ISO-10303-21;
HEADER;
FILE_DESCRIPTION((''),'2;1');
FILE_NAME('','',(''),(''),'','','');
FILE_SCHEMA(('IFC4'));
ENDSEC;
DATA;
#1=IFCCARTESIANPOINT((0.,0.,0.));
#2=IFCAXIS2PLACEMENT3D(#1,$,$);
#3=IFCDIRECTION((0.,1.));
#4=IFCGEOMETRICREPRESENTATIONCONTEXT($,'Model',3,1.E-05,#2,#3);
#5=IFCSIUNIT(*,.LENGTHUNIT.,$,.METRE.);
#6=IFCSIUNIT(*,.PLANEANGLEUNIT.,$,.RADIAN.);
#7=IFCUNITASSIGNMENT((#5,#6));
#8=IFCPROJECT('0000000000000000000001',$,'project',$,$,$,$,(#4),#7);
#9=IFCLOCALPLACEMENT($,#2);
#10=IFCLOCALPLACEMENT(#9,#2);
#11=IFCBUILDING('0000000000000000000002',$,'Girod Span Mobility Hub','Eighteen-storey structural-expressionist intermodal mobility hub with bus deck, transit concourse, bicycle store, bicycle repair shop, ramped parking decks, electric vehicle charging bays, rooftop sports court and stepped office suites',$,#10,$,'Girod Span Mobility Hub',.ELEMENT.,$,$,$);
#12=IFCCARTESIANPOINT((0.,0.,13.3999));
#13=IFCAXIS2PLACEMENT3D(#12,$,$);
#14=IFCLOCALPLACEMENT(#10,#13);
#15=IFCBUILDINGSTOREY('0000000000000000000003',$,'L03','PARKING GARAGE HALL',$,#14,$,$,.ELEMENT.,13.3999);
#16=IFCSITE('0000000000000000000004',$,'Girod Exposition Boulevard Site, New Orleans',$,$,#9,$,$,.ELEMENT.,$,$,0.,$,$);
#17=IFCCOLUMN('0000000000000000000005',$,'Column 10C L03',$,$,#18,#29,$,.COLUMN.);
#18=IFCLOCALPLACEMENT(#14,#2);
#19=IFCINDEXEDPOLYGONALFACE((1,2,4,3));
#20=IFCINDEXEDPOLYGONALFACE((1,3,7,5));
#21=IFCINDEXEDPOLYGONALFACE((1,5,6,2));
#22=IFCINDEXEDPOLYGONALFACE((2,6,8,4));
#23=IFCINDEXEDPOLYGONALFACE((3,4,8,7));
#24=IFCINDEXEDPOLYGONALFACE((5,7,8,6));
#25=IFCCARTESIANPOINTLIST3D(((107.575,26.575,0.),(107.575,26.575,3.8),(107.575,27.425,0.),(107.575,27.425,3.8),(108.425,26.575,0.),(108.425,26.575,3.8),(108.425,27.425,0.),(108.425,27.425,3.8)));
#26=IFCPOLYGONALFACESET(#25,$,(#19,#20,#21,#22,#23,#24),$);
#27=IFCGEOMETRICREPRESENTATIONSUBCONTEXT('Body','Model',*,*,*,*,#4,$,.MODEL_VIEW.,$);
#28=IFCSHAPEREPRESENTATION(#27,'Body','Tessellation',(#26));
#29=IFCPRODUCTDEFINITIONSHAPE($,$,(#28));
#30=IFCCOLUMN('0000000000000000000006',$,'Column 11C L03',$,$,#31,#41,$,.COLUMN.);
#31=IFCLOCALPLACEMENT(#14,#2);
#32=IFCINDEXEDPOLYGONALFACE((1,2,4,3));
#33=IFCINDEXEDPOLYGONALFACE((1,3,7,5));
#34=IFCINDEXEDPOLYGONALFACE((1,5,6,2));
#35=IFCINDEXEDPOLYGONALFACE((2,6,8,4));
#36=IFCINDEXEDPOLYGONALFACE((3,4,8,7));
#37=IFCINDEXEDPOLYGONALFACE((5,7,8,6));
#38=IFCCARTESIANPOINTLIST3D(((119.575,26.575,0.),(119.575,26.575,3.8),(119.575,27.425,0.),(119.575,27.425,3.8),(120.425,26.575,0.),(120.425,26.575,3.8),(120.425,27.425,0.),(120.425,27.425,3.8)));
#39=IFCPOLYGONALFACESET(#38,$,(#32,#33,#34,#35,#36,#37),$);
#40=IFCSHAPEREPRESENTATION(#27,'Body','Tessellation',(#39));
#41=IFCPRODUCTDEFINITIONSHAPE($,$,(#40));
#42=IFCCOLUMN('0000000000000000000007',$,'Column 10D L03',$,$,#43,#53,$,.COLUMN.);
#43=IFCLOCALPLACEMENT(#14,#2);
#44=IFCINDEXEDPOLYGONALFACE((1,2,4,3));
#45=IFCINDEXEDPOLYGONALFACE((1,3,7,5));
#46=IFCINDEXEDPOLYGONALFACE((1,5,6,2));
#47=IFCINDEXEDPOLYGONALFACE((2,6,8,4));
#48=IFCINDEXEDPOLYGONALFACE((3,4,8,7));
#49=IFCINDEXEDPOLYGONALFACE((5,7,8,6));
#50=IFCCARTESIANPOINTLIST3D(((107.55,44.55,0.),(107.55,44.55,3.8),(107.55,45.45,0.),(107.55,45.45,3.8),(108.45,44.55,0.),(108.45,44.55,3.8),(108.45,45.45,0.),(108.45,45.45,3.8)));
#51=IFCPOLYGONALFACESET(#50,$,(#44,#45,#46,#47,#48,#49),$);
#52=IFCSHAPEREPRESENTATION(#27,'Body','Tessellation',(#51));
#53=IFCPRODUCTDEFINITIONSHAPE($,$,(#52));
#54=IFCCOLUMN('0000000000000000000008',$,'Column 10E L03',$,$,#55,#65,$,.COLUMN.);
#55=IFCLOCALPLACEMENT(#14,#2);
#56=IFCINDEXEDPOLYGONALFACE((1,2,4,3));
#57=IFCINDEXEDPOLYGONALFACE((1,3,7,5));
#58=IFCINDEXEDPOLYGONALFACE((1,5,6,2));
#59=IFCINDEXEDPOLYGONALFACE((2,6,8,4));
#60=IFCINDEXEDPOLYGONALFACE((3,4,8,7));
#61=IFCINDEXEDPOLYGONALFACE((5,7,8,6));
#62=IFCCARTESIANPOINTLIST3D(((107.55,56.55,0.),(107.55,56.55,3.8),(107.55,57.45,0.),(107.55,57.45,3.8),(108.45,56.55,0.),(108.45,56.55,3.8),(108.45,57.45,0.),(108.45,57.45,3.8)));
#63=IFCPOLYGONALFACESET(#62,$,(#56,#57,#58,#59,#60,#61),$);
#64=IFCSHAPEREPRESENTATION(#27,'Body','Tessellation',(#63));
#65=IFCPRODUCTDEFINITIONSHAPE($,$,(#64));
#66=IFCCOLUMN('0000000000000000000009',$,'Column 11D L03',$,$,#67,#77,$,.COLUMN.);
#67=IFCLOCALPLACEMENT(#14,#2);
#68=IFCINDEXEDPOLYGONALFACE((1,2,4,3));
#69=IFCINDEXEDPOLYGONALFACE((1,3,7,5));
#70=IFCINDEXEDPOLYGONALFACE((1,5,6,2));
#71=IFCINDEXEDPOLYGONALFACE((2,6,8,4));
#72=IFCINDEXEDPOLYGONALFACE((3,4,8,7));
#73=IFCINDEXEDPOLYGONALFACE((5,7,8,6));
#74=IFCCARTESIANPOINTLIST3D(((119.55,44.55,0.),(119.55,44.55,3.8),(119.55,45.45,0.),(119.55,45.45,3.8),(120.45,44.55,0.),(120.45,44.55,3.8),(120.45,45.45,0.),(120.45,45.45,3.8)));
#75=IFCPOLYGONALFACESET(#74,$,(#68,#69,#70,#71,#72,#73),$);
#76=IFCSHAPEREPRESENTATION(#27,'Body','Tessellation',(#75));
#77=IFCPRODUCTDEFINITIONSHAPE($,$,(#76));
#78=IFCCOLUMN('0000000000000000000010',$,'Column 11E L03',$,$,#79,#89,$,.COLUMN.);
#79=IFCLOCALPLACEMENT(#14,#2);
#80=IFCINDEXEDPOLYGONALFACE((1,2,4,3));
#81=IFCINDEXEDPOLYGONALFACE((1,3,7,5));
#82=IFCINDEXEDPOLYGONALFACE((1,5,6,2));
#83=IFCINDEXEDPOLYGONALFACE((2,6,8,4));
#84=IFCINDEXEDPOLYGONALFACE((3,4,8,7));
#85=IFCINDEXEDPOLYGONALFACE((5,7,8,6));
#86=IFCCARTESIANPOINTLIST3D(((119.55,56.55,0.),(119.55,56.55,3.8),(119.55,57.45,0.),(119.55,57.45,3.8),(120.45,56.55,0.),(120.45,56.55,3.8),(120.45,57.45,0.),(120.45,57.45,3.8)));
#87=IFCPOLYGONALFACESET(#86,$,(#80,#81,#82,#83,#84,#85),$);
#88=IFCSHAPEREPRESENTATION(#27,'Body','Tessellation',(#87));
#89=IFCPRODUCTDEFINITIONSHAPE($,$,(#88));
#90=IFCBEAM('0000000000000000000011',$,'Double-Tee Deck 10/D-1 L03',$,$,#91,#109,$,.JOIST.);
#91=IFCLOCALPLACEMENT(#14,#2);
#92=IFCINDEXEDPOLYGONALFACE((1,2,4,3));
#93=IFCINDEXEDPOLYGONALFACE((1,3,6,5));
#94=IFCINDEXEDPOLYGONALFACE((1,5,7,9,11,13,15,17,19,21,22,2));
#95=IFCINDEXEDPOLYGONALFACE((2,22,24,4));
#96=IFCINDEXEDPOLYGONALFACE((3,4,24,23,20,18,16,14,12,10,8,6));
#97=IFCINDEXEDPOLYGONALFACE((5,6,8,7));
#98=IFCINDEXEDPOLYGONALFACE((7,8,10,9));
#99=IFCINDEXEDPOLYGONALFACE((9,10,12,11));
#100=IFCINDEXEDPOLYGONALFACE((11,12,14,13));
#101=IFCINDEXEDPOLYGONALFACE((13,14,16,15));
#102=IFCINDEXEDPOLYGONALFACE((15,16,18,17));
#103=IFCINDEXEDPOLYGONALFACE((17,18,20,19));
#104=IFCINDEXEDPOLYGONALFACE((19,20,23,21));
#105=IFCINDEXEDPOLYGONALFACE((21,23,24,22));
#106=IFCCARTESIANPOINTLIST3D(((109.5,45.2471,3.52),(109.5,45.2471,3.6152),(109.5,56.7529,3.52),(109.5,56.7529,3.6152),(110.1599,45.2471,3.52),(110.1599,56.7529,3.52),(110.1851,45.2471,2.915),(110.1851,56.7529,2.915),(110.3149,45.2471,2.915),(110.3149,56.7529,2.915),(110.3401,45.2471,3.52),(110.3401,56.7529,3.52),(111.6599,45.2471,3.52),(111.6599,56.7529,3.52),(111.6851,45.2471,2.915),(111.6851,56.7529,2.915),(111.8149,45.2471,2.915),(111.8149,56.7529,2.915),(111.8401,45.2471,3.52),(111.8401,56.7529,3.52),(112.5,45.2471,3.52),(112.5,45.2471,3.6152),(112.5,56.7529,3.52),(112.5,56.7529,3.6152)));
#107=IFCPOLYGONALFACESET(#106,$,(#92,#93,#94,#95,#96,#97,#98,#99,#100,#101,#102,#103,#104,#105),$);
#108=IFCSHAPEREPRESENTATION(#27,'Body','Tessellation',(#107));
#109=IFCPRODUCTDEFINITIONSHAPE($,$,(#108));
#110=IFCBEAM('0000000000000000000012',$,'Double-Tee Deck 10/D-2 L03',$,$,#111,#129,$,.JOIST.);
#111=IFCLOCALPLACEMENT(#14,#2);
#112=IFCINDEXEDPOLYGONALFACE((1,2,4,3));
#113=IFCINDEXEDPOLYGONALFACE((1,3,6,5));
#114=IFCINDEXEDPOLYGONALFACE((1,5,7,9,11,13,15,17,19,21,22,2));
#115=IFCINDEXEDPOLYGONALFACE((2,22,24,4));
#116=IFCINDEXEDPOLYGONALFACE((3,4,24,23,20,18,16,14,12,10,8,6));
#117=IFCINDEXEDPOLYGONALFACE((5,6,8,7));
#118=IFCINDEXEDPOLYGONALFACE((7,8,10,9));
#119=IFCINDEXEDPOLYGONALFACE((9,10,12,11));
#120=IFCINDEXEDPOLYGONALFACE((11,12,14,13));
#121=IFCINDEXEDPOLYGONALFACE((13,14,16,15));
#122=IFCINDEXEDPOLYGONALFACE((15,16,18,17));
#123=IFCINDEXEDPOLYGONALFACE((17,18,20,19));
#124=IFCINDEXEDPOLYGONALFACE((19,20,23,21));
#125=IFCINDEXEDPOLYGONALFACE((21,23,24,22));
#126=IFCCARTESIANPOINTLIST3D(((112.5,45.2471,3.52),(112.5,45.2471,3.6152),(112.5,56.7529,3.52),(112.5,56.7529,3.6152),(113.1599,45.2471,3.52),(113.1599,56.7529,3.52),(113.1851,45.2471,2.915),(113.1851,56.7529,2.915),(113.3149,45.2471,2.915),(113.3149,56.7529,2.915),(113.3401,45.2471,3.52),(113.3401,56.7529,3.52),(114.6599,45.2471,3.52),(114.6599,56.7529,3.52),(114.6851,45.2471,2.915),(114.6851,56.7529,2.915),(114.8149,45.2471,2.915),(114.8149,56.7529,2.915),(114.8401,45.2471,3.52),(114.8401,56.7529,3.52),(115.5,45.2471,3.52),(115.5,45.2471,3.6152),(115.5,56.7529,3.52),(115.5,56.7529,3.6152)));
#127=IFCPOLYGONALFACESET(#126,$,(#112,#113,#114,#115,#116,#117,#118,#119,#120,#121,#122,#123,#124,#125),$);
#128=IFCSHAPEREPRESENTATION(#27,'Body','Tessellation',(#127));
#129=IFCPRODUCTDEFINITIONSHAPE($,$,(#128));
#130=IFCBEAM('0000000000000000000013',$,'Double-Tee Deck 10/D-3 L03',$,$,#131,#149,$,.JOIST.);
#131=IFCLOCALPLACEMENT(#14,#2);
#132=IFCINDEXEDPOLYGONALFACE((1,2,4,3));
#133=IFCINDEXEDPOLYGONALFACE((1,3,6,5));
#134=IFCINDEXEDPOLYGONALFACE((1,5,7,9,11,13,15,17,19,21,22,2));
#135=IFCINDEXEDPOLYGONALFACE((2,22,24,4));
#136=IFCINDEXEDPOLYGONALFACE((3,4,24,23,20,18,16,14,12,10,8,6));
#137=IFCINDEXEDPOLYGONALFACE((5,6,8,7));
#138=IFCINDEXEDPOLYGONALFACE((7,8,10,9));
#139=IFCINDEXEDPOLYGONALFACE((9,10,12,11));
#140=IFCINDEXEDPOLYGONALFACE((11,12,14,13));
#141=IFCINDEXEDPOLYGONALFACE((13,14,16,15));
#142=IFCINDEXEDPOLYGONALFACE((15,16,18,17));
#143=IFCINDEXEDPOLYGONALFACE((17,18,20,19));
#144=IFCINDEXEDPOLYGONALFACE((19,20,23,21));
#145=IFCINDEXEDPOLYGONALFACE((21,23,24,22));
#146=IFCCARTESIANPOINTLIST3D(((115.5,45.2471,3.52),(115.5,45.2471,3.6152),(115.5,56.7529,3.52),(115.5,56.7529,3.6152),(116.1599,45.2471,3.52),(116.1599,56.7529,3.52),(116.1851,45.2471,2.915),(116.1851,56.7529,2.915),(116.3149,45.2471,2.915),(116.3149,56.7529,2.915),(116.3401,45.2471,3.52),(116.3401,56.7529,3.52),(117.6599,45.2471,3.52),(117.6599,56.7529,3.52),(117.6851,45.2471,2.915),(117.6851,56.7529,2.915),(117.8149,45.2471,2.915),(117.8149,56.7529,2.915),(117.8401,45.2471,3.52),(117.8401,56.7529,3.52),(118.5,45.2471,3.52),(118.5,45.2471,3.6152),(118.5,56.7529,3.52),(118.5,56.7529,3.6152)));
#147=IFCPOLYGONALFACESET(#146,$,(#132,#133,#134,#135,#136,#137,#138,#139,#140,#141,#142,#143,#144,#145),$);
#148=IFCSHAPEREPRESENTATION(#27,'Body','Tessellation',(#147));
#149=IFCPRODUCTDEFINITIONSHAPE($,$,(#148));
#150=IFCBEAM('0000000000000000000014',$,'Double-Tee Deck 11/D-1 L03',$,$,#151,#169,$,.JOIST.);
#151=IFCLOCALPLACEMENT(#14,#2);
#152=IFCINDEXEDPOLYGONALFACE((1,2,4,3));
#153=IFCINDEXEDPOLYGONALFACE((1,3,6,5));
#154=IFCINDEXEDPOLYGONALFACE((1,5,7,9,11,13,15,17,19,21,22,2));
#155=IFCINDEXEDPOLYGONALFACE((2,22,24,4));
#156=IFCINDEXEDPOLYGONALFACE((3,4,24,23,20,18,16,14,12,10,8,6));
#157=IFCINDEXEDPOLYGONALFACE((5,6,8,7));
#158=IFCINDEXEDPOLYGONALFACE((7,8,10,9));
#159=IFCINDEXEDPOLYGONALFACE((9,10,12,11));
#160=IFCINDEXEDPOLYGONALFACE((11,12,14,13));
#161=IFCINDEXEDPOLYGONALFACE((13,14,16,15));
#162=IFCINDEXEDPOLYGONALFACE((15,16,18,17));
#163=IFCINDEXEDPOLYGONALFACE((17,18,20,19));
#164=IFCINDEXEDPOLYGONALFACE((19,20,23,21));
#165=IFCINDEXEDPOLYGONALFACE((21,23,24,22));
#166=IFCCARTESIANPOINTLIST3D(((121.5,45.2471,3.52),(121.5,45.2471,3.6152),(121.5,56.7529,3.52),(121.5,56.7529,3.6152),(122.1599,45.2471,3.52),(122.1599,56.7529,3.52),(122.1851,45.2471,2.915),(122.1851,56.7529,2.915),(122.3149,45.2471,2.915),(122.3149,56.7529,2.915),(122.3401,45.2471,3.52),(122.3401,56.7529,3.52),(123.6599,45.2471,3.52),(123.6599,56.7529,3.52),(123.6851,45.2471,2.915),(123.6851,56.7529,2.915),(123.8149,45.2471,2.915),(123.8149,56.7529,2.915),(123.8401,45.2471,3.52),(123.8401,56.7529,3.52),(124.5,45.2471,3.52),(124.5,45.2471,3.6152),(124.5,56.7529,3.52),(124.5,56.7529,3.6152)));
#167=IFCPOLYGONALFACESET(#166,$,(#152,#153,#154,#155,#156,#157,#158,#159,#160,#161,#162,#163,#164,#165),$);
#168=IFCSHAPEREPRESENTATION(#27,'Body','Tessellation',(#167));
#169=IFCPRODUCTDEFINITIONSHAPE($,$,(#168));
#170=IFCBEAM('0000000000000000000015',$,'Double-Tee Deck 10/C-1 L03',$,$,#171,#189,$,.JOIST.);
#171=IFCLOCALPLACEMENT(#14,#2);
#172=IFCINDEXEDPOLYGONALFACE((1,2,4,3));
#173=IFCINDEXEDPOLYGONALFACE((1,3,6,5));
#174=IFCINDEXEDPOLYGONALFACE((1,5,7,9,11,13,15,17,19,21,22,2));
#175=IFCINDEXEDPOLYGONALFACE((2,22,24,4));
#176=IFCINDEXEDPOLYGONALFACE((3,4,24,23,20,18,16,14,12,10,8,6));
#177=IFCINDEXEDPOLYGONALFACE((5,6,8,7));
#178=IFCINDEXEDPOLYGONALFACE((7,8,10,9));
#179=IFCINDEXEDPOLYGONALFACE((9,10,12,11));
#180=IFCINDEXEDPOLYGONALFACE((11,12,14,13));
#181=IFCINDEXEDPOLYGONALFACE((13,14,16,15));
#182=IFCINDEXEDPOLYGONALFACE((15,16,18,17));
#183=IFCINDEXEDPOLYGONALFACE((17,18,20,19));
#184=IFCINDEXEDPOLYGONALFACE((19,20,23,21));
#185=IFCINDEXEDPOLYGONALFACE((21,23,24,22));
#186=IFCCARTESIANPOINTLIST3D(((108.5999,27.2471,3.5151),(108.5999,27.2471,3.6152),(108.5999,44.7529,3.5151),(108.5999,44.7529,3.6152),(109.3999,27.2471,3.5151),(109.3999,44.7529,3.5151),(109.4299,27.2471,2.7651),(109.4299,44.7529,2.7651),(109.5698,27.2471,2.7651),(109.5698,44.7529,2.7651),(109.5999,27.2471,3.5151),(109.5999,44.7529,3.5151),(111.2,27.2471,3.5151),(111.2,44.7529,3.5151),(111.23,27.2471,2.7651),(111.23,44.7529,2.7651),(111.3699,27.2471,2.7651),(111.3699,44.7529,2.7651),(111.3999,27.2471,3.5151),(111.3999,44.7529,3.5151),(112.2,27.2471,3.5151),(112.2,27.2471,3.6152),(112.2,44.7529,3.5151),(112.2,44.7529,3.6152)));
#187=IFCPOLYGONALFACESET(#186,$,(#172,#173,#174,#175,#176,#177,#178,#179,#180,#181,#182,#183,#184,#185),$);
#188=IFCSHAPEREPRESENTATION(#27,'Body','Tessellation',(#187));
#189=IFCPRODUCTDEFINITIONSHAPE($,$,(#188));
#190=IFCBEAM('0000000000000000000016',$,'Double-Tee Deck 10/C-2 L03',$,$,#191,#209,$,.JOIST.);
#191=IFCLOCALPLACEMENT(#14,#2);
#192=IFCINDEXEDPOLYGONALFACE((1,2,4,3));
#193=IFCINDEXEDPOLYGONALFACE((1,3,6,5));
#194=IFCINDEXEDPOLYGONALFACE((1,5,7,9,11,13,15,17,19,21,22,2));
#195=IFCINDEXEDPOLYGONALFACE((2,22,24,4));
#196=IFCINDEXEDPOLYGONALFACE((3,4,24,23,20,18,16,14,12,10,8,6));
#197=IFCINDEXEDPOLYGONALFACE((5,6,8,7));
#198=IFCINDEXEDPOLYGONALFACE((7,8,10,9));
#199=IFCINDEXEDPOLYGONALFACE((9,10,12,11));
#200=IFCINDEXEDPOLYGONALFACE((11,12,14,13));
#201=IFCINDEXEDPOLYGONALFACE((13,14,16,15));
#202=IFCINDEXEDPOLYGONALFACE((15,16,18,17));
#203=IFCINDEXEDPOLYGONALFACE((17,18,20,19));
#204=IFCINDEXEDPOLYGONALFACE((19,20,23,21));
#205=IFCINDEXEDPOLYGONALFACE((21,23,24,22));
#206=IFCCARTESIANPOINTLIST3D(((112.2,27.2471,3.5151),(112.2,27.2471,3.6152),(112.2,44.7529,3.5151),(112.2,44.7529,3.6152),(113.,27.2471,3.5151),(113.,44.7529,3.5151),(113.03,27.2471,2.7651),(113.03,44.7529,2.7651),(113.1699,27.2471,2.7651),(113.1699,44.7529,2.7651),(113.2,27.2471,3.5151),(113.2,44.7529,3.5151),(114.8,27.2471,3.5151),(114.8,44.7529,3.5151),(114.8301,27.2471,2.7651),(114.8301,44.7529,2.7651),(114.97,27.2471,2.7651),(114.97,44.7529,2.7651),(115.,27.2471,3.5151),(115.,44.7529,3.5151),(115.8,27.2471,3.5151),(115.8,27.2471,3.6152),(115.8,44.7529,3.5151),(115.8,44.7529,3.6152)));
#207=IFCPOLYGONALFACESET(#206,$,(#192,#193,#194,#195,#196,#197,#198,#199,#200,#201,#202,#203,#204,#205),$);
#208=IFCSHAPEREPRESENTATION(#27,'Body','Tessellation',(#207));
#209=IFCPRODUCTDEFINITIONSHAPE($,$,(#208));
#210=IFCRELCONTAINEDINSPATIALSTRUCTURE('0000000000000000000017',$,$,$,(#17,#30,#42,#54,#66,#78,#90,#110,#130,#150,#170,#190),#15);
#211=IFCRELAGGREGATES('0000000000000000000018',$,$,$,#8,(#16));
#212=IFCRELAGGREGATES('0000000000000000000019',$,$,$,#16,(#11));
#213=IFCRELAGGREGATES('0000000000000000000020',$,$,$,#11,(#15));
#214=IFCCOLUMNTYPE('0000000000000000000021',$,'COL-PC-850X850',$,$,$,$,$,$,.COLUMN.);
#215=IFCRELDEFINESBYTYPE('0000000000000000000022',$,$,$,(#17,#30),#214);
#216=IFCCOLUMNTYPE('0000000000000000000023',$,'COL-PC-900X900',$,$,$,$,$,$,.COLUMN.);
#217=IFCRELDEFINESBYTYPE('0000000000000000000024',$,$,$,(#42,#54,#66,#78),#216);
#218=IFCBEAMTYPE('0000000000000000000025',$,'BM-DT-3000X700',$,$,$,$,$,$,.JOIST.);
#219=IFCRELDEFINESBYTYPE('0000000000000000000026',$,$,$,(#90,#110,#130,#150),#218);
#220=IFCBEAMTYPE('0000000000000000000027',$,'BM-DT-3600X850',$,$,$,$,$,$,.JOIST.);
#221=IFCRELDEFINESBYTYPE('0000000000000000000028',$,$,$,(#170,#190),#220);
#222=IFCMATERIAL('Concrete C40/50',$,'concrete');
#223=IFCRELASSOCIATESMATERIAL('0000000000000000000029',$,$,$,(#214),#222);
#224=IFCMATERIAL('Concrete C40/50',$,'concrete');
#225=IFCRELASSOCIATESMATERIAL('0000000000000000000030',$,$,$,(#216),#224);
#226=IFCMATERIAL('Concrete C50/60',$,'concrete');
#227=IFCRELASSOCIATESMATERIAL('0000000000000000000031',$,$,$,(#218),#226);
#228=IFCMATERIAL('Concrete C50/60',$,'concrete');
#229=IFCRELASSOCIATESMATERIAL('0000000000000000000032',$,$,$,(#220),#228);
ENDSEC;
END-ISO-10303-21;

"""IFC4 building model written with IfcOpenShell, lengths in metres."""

from ifc_helpers import new_model, si_unit, direction, frame, origin, origin_2d, place, context, subcontext, project, spatial, polyline, rectangle, outline, extrude, material, material_profile, profile_set, type_object, element, save


model = new_model("IFC4")

# Units and contexts
model_context = context("Model", 3, precision=1e-05, world=origin(), true_north=direction((0.0, 1.0)))
body_context = subcontext(model_context, "Body", "Model", "MODEL_VIEW")
ifc_project = project(units=[si_unit("LENGTHUNIT", "METRE"), si_unit("PLANEANGLEUNIT", "RADIAN")], contexts=[model_context])

# Site, building, storey
site_placement = place(None, origin())
site = spatial("IfcSite", under=ifc_project, at=site_placement, Name="Girod Exposition Boulevard Site, New Orleans", CompositionType="ELEMENT", RefElevation=0.0)
building_placement = place(site_placement, origin())
building = spatial("IfcBuilding", under=site, at=building_placement, Name="Girod Span Mobility Hub", Description="Eighteen-storey structural-expressionist intermodal mobility hub with bus deck, transit concourse, bicycle store, bicycle repair shop, ramped parking decks, electric vehicle charging bays, rooftop sports court and stepped office suites", LongName="Girod Span Mobility Hub", CompositionType="ELEMENT")
storey_placement = place(building_placement, frame((0.0, 0.0, 13.3999)))
storey = spatial("IfcBuildingStorey", under=building, at=storey_placement, Name="L03", Description="PARKING GARAGE HALL", CompositionType="ELEMENT", Elevation=13.3999)

# Columns
ifc_material_1 = material(Name="Concrete C40/50", Category="concrete")
ifc_material_profile_1 = material_profile(ifc_material_1, rectangle(XDim=0.8501, YDim=0.8501, at=origin_2d()), Name="PC-COL-850X850")
ifc_profile_set_1 = profile_set([ifc_material_profile_1], Name="Concrete C40/50")
column_type_1 = type_object("IfcColumnType", Name="COL-PC-850X850", PredefinedType="COLUMN", material=ifc_profile_set_1)
for number, where, z_axis, x_axis, name in (
    (1, (108.0, 27.0, 0.0), (0.0, 0.0, 1.0), (1.0, 0.0, 0.0), "Column 10C L03"),
    (2, (120.0, 27.0, 0.0), (0.0, 0.0, 1.0), (1.0, 0.0, 0.0), "Column 11C L03"),
):
    element("IfcColumn", number, at=place(storey_placement, frame(where, z_axis=z_axis, x_axis=x_axis)), inside=storey, type_object=column_type_1, Name=name, PredefinedType="COLUMN", context=body_context, shape_type="SweptSolid", body=[
        extrude(rectangle(XDim=0.8501, YDim=0.8501, at=origin_2d()), origin(), (0.0, 0.0, 1.0), 3.8),
    ])
ifc_material_2 = material(Name="Concrete C40/50", Category="concrete")
ifc_material_profile_2 = material_profile(ifc_material_2, rectangle(XDim=0.8999, YDim=0.8999, at=origin_2d()), Name="PC-COL-900X900")
ifc_profile_set_2 = profile_set([ifc_material_profile_2], Name="Concrete C40/50")
column_type_2 = type_object("IfcColumnType", Name="COL-PC-900X900", PredefinedType="COLUMN", material=ifc_profile_set_2)
for number, where, z_axis, x_axis, name in (
    (3, (108.0, 45.0, 0.0), (0.0, 0.0, 1.0), (1.0, 0.0, 0.0), "Column 10D L03"),
    (4, (108.0, 57.0, 0.0), (0.0, 0.0, 1.0), (1.0, 0.0, 0.0), "Column 10E L03"),
    (5, (120.0, 45.0, 0.0), (0.0, 0.0, 1.0), (1.0, 0.0, 0.0), "Column 11D L03"),
    (6, (120.0, 57.0, 0.0), (0.0, 0.0, 1.0), (1.0, 0.0, 0.0), "Column 11E L03"),
):
    element("IfcColumn", number, at=place(storey_placement, frame(where, z_axis=z_axis, x_axis=x_axis)), inside=storey, type_object=column_type_2, Name=name, PredefinedType="COLUMN", context=body_context, shape_type="SweptSolid", body=[
        extrude(rectangle(XDim=0.8999, YDim=0.8999, at=origin_2d()), origin(), (0.0, 0.0, 1.0), 3.8),
    ])

# Beams
ifc_material_3 = material(Name="Concrete C50/60", Category="concrete")
ifc_material_profile_3 = material_profile(ifc_material_3, outline(polyline([(-1.5, 0.3501), (-1.5, 0.2549), (-0.8401, 0.2549), (-0.8149, -0.3501), (-0.6851, -0.3501), (-0.6599, 0.2549), (0.6599, 0.2549), (0.6851, -0.3501), (0.8149, -0.3501), (0.8401, 0.2549), (1.5, 0.2549), (1.5, 0.3501), (-1.5, 0.3501)])), Name="DT-3000X700")
ifc_profile_set_3 = profile_set([ifc_material_profile_3], Name="Concrete C50/60")
beam_type_1 = type_object("IfcBeamType", Name="BM-DT-3000X700", PredefinedType="JOIST", material=ifc_profile_set_3)
for number, where, z_axis, x_axis, name in (
    (7, (111.0, 45.2471, 3.2651), (0.0, 1.0, 0.0), (-1.0, 0.0, 0.0), "Double-Tee Deck 10/D-1 L03"),
    (8, (114.0, 45.2471, 3.2651), (0.0, 1.0, 0.0), (-1.0, 0.0, 0.0), "Double-Tee Deck 10/D-2 L03"),
    (9, (117.0, 45.2471, 3.2651), (0.0, 1.0, 0.0), (-1.0, 0.0, 0.0), "Double-Tee Deck 10/D-3 L03"),
    (10, (123.0, 45.2471, 3.2651), (0.0, 1.0, 0.0), (-1.0, 0.0, 0.0), "Double-Tee Deck 11/D-1 L03"),
):
    element("IfcBeam", number, at=place(storey_placement, frame(where, z_axis=z_axis, x_axis=x_axis)), inside=storey, type_object=beam_type_1, Name=name, PredefinedType="JOIST", context=body_context, shape_type="SweptSolid", body=[
        extrude(outline(polyline([(-1.5, 0.3501), (-1.5, 0.2549), (-0.8401, 0.2549), (-0.8149, -0.3501), (-0.6851, -0.3501), (-0.6599, 0.2549), (0.6599, 0.2549), (0.6851, -0.3501), (0.8149, -0.3501), (0.8401, 0.2549), (1.5, 0.2549), (1.5, 0.3501), (-1.5, 0.3501)])), origin(), (0.0, 0.0, 1.0), 11.5059),
    ])
ifc_material_4 = material(Name="Concrete C50/60", Category="concrete")
ifc_material_profile_4 = material_profile(ifc_material_4, outline(polyline([(-1.8, 0.425), (-1.8, 0.325), (-1.0, 0.325), (-0.97, -0.425), (-0.8301, -0.425), (-0.8, 0.325), (0.8, 0.325), (0.8301, -0.425), (0.97, -0.425), (1.0, 0.325), (1.8, 0.325), (1.8, 0.425), (-1.8, 0.425)])), Name="DT-3600X850")
ifc_profile_set_4 = profile_set([ifc_material_profile_4], Name="Concrete C50/60")
beam_type_2 = type_object("IfcBeamType", Name="BM-DT-3600X850", PredefinedType="JOIST", material=ifc_profile_set_4)
for number, where, z_axis, x_axis, name in (
    (11, (110.3999, 27.2471, 3.1902), (0.0, 1.0, 0.0), (-1.0, 0.0, 0.0), "Double-Tee Deck 10/C-1 L03"),
    (12, (114.0, 27.2471, 3.1902), (0.0, 1.0, 0.0), (-1.0, 0.0, 0.0), "Double-Tee Deck 10/C-2 L03"),
):
    element("IfcBeam", number, at=place(storey_placement, frame(where, z_axis=z_axis, x_axis=x_axis)), inside=storey, type_object=beam_type_2, Name=name, PredefinedType="JOIST", context=body_context, shape_type="SweptSolid", body=[
        extrude(outline(polyline([(-1.8, 0.425), (-1.8, 0.325), (-1.0, 0.325), (-0.97, -0.425), (-0.8301, -0.425), (-0.8, 0.325), (0.8, 0.325), (0.8301, -0.425), (0.97, -0.425), (1.0, 0.325), (1.8, 0.325), (1.8, 0.425), (-1.8, 0.425)])), origin(), (0.0, 0.0, 1.0), 17.5059),
    ])

save(model, "model.ifc")
